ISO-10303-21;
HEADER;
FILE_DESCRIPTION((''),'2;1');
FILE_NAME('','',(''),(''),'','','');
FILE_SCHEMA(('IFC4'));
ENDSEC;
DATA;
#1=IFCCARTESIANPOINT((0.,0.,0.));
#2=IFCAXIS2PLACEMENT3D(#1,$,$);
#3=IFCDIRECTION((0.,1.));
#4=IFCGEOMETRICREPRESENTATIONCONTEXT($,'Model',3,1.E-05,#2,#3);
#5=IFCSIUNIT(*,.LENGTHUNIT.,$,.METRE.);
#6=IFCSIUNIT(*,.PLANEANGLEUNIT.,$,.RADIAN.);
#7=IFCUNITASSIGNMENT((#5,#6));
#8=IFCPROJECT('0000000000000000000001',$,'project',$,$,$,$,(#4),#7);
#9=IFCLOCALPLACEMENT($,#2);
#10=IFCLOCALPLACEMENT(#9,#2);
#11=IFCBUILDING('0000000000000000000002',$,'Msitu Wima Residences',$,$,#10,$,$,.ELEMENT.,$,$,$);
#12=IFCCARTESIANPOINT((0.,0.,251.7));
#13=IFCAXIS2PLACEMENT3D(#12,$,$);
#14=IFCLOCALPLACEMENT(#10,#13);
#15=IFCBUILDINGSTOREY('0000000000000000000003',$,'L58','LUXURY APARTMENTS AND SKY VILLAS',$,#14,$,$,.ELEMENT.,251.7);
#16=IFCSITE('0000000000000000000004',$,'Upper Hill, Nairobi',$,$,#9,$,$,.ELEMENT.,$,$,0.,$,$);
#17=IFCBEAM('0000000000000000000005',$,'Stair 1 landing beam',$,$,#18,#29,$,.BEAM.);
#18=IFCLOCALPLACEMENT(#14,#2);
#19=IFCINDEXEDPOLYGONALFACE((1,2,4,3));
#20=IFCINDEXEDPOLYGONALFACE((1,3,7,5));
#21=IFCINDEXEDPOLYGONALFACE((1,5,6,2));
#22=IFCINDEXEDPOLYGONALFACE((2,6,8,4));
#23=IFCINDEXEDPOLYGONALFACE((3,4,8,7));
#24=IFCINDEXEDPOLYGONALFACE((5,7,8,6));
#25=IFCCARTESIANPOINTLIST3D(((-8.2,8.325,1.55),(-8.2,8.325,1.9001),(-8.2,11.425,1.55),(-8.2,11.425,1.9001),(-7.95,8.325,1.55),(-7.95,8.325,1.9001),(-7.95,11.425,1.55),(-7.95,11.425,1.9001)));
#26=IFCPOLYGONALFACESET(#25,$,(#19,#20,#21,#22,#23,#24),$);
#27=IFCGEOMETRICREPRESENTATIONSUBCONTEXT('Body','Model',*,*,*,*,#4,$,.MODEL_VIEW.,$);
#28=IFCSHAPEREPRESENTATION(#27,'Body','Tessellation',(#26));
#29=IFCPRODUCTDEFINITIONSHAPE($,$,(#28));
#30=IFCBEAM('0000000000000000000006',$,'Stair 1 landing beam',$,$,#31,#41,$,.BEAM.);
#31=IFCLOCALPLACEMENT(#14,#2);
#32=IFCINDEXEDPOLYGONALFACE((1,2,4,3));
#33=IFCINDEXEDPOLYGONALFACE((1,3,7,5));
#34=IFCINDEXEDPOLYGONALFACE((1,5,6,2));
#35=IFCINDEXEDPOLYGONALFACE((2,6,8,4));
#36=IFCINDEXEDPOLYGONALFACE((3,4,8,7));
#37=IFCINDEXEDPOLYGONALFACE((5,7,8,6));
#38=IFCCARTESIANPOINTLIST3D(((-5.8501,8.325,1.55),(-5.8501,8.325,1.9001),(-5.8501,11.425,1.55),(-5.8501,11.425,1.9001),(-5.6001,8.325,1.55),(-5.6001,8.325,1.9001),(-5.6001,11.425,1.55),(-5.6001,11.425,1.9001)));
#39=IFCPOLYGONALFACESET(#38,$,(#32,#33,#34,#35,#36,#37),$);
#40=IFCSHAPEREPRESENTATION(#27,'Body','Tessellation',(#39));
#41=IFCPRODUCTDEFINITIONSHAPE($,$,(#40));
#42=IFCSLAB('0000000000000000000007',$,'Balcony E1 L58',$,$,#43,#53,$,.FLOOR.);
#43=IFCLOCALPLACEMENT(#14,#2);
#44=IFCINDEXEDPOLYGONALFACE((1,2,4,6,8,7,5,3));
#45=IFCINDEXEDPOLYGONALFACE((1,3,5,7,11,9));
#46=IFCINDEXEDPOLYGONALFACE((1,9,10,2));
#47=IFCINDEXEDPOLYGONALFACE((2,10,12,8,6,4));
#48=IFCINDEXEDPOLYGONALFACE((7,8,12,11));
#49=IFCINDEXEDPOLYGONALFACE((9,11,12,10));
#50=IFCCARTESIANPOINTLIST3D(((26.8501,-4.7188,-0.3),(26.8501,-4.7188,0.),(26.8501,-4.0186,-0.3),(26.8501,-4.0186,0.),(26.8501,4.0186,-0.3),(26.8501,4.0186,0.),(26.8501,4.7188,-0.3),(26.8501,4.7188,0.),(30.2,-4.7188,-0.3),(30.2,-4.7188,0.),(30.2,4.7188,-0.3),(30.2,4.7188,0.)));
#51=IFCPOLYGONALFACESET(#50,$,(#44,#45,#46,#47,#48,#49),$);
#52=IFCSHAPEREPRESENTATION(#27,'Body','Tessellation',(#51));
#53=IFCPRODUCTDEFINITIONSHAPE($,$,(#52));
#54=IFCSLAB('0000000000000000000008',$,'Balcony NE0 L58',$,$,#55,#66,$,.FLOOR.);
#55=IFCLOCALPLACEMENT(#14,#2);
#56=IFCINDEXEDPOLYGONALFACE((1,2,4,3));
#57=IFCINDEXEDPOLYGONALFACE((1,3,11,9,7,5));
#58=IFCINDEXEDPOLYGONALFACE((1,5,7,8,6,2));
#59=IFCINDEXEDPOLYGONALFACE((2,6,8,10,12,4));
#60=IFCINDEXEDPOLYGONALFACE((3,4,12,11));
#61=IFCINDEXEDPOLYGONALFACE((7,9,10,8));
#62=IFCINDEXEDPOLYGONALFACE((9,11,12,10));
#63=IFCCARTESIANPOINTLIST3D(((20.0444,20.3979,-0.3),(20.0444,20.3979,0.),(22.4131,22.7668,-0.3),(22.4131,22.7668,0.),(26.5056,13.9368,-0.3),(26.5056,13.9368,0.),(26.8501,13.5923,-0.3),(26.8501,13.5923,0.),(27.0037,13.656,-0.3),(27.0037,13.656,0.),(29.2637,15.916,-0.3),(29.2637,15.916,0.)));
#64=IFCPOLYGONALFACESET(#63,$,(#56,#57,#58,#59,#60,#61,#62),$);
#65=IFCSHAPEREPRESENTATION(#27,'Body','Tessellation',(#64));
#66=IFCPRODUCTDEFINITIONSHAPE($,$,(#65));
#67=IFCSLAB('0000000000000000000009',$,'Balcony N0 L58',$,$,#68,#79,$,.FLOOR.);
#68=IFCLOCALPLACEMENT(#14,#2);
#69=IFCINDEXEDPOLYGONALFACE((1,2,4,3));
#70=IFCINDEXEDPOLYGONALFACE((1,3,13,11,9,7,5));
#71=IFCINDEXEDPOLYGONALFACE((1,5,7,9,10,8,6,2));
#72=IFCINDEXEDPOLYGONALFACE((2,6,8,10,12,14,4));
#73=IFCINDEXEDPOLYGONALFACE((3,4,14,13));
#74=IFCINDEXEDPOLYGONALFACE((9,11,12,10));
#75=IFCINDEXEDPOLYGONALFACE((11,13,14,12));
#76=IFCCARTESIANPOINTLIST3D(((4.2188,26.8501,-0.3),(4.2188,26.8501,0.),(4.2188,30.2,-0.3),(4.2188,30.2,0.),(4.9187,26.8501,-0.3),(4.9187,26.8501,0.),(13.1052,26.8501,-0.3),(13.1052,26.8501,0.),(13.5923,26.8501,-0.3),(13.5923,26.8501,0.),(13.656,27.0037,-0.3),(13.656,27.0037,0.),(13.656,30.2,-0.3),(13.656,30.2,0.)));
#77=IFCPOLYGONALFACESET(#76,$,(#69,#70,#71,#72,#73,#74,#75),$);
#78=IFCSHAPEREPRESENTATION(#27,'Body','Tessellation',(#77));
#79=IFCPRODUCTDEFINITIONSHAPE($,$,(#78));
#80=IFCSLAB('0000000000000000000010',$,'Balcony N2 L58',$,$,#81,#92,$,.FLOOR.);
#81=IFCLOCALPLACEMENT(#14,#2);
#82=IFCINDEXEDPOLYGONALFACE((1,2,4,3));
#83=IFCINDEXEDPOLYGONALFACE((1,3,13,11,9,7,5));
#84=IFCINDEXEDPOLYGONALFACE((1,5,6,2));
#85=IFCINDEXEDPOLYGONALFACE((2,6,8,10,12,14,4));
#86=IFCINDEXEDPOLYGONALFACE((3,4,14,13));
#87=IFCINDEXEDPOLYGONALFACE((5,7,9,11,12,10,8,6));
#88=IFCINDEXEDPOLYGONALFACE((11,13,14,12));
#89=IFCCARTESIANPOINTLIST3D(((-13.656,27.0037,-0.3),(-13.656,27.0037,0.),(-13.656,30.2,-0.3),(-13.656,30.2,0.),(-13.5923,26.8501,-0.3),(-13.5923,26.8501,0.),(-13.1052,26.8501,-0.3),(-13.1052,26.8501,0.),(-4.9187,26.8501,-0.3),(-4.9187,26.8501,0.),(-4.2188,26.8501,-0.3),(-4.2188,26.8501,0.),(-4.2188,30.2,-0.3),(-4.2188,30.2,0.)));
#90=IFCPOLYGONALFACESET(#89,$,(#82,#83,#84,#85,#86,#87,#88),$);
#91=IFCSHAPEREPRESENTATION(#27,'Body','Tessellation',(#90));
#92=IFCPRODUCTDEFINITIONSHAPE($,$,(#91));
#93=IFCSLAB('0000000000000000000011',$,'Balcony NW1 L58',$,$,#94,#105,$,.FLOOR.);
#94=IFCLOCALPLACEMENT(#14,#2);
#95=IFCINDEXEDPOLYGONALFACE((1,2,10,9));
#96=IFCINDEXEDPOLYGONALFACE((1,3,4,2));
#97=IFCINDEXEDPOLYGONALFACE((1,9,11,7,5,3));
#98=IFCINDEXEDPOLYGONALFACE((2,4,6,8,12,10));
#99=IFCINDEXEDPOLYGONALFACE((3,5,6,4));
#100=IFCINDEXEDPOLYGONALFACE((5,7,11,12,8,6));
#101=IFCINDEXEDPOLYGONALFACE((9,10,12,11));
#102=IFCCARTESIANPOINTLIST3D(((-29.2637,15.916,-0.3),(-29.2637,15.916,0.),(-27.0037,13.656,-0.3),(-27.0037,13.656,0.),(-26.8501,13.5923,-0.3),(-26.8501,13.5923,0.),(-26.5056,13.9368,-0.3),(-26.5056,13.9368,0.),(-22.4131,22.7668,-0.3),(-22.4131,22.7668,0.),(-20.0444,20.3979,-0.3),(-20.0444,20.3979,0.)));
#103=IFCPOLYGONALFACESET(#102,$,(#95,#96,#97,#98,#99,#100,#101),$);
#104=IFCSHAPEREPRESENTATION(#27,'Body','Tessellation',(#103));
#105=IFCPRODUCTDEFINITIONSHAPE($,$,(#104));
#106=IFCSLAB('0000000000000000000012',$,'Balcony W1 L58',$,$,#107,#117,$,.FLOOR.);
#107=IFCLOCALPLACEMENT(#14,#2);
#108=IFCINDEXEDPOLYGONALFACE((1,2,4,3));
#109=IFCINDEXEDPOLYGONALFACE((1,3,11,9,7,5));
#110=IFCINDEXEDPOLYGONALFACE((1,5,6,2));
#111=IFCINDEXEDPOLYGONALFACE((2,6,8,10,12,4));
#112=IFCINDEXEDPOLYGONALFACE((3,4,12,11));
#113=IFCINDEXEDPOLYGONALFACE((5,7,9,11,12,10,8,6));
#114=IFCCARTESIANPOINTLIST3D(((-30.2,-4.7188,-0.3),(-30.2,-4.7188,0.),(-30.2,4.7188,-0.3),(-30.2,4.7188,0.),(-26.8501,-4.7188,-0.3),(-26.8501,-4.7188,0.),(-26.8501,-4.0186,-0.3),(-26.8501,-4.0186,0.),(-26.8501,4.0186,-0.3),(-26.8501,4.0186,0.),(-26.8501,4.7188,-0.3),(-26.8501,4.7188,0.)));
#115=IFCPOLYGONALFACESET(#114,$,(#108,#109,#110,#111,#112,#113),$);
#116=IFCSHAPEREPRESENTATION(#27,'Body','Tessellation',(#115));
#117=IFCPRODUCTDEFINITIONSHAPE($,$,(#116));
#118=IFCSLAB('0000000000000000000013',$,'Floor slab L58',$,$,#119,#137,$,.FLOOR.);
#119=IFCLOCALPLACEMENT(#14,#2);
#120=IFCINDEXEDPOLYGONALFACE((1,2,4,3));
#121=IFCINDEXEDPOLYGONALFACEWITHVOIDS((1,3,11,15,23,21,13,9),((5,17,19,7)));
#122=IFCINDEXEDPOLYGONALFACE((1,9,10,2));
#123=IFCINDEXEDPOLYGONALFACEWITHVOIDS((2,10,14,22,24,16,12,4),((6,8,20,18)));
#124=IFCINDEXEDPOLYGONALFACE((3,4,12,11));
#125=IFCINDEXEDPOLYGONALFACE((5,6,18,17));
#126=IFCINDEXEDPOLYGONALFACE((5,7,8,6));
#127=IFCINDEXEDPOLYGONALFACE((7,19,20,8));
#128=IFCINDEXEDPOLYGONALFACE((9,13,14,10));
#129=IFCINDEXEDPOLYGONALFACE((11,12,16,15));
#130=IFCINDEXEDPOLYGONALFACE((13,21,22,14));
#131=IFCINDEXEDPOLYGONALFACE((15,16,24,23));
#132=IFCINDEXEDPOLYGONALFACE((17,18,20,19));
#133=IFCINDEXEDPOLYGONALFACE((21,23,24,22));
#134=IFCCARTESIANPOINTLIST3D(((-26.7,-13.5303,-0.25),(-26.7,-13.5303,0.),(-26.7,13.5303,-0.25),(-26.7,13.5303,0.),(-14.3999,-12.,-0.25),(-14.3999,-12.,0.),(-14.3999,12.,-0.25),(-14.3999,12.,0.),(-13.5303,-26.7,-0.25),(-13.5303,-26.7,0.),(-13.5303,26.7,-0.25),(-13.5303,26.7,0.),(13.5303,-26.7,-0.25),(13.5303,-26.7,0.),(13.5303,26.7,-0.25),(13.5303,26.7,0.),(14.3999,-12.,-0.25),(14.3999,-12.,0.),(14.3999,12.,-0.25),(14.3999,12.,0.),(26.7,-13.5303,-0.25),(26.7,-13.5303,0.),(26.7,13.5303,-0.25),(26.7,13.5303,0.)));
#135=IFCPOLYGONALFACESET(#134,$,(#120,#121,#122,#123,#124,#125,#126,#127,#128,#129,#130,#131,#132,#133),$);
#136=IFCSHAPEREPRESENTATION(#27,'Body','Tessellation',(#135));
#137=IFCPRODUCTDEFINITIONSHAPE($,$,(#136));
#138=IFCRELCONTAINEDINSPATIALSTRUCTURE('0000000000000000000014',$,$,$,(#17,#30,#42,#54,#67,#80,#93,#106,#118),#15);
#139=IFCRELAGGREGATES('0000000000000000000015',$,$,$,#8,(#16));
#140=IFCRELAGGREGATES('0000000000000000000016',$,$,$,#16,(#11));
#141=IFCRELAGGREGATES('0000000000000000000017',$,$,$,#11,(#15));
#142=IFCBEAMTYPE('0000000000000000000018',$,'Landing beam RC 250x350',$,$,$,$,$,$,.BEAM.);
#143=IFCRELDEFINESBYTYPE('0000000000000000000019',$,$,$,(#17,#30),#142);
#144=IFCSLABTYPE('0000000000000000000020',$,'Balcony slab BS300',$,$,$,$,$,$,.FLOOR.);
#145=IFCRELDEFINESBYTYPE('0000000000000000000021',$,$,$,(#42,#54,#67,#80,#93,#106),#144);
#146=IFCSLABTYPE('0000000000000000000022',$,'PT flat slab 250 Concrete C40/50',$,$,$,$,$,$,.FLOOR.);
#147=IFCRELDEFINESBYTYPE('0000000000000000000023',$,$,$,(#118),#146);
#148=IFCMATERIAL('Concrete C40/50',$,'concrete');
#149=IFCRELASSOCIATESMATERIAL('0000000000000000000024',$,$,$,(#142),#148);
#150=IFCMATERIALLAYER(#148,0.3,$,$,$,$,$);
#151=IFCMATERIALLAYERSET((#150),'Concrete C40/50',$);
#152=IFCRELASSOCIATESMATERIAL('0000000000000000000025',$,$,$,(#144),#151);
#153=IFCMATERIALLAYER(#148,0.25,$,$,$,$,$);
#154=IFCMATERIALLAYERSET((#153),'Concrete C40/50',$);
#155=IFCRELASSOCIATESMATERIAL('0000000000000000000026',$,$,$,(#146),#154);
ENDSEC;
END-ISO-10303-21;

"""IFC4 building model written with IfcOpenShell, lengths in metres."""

from ifc_helpers import new_model, si_unit, direction, frame, origin, origin_2d, place, context, subcontext, project, spatial, polyline, rectangle, outline, extrude, material, layer, layer_set, material_profile, profile_set, type_object, element, save


model = new_model("IFC4")

# Units and contexts
model_context = context("Model", 3, precision=1e-05, world=origin(), true_north=direction((0.0, 1.0)))
body_context = subcontext(model_context, "Body", "Model", "MODEL_VIEW")
ifc_project = project(units=[si_unit("LENGTHUNIT", "METRE"), si_unit("PLANEANGLEUNIT", "RADIAN")], contexts=[model_context])

# Site, building, storey
site_placement = place(None, origin())
site = spatial("IfcSite", under=ifc_project, at=site_placement, Name="Upper Hill, Nairobi", CompositionType="ELEMENT", RefElevation=0.0)
building_placement = place(site_placement, origin())
building = spatial("IfcBuilding", under=site, at=building_placement, Name="Msitu Wima Residences", CompositionType="ELEMENT")
storey_placement = place(building_placement, frame((0.0, 0.0, 251.7)))
storey = spatial("IfcBuildingStorey", under=building, at=storey_placement, Name="L58", Description="LUXURY APARTMENTS AND SKY VILLAS", CompositionType="ELEMENT", Elevation=251.7)

# Beams
ifc_material_1 = material(Name="Concrete C40/50", Category="concrete")
ifc_material_profile = material_profile(ifc_material_1, rectangle(XDim=0.25, YDim=0.3501, at=origin_2d()), Name="RC 250x350")
ifc_profile_set = profile_set([ifc_material_profile], Name="Concrete C40/50")
beam_type = type_object("IfcBeamType", Name="Landing beam RC 250x350", PredefinedType="BEAM", material=ifc_profile_set)
for number, where, z_axis, x_axis, name in (
    (1, (-8.075, 8.325, 1.7251), (0.0, 1.0, 0.0), (-1.0, 0.0, 0.0), "Stair 1 landing beam"),
    (2, (-5.7251, 8.325, 1.7251), (0.0, 1.0, 0.0), (-1.0, 0.0, 0.0), "Stair 1 landing beam"),
):
    element("IfcBeam", number, at=place(storey_placement, frame(where, z_axis=z_axis, x_axis=x_axis)), inside=storey, type_object=beam_type, Name=name, PredefinedType="BEAM", context=body_context, shape_type="SweptSolid", body=[
        extrude(rectangle(XDim=0.25, YDim=0.3501, at=origin_2d()), origin(), (0.0, 0.0, 1.0), 3.1001),
    ])

# Slabs
ifc_layer_1 = layer(ifc_material_1, 0.3)
ifc_layer_set_1 = layer_set([ifc_layer_1], Name="Concrete C40/50")
slab_type_1 = type_object("IfcSlabType", Name="Balcony slab BS300", PredefinedType="FLOOR", material=ifc_layer_set_1)
slab_1_placement = place(storey_placement, frame((0.0, 0.0, -0.3)))
element("IfcSlab", 3, at=slab_1_placement, inside=storey, type_object=slab_type_1, Name="Balcony E1 L58", PredefinedType="FLOOR", context=body_context, shape_type="SweptSolid", body=[
    extrude(outline(polyline([(26.8501, -4.0186), (26.8501, 4.0186), (26.8501, 4.7188), (30.2, 4.7188), (30.2, -4.7188), (26.8501, -4.7188), (26.8501, -4.0186)])), origin(), (0.0, 0.0, 1.0), 0.3),
])
slab_2_placement = place(storey_placement, frame((0.0, 0.0, -0.3)))
element("IfcSlab", 4, at=slab_2_placement, inside=storey, type_object=slab_type_1, Name="Balcony NE0 L58", PredefinedType="FLOOR", context=body_context, shape_type="SweptSolid", body=[
    extrude(outline(polyline([(26.5056, 13.9368), (26.5056, 13.9368), (20.0444, 20.3979), (22.4131, 22.7668), (29.2637, 15.916), (27.0037, 13.656), (26.8501, 13.5923), (26.5056, 13.9368), (26.5056, 13.9368)])), origin(), (0.0, 0.0, 1.0), 0.3),
])
slab_3_placement = place(storey_placement, frame((0.0, 0.0, -0.3)))
element("IfcSlab", 5, at=slab_3_placement, inside=storey, type_object=slab_type_1, Name="Balcony N0 L58", PredefinedType="FLOOR", context=body_context, shape_type="SweptSolid", body=[
    extrude(outline(polyline([(13.1052, 26.8501), (13.1052, 26.8501), (4.9187, 26.8501), (4.2188, 26.8501), (4.2188, 30.2), (13.656, 30.2), (13.656, 27.0037), (13.5923, 26.8501), (13.1052, 26.8501), (13.1052, 26.8501)])), origin(), (0.0, 0.0, 1.0), 0.3),
])
slab_4_placement = place(storey_placement, frame((0.0, 0.0, -0.3)))
element("IfcSlab", 6, at=slab_4_placement, inside=storey, type_object=slab_type_1, Name="Balcony N2 L58", PredefinedType="FLOOR", context=body_context, shape_type="SweptSolid", body=[
    extrude(outline(polyline([(-13.1052, 26.8501), (-13.1052, 26.8501), (-13.1052, 26.8501), (-13.5923, 26.8501), (-13.656, 27.0037), (-13.656, 30.2), (-4.2188, 30.2), (-4.2188, 26.8501), (-4.9187, 26.8501), (-13.1052, 26.8501)])), origin(), (0.0, 0.0, 1.0), 0.3),
])
slab_5_placement = place(storey_placement, frame((0.0, 0.0, -0.3)))
element("IfcSlab", 7, at=slab_5_placement, inside=storey, type_object=slab_type_1, Name="Balcony NW1 L58", PredefinedType="FLOOR", context=body_context, shape_type="SweptSolid", body=[
    extrude(outline(polyline([(-26.5056, 13.9368), (-26.5056, 13.9368), (-26.8501, 13.5923), (-27.0037, 13.656), (-29.2637, 15.916), (-22.4131, 22.7668), (-20.0444, 20.3979), (-26.5056, 13.9368), (-26.5056, 13.9368)])), origin(), (0.0, 0.0, 1.0), 0.3),
])
slab_6_placement = place(storey_placement, frame((0.0, 0.0, -0.3)))
element("IfcSlab", 8, at=slab_6_placement, inside=storey, type_object=slab_type_1, Name="Balcony W1 L58", PredefinedType="FLOOR", context=body_context, shape_type="SweptSolid", body=[
    extrude(outline(polyline([(-26.8501, 4.0186), (-26.8501, -4.0186), (-26.8501, -4.7188), (-30.2, -4.7188), (-30.2, 4.7188), (-26.8501, 4.7188), (-26.8501, 4.0186)])), origin(), (0.0, 0.0, 1.0), 0.3),
])
ifc_layer_2 = layer(ifc_material_1, 0.25)
ifc_layer_set_2 = layer_set([ifc_layer_2], Name="Concrete C40/50")
slab_type_2 = type_object("IfcSlabType", Name="PT flat slab 250 Concrete C40/50", PredefinedType="FLOOR", material=ifc_layer_set_2)
slab_7_placement = place(storey_placement, frame((0.0, 0.0, -0.25)))
element("IfcSlab", 9, at=slab_7_placement, inside=storey, type_object=slab_type_2, Name="Floor slab L58", PredefinedType="FLOOR", context=body_context, shape_type="SweptSolid", body=[
    extrude(outline(polyline([(26.7, -13.5303), (13.5303, -26.7), (-13.5303, -26.7), (-26.7, -13.5303), (-26.7, 13.5303), (-13.5303, 26.7), (13.5303, 26.7), (26.7, 13.5303), (26.7, -13.5303)]), holes=[polyline([(-14.3999, -12.0), (14.3999, -12.0), (14.3999, 12.0), (-14.3999, 12.0), (-14.3999, -12.0)])]), origin(), (0.0, 0.0, 1.0), 0.25),
])

save(model, "model.ifc")
